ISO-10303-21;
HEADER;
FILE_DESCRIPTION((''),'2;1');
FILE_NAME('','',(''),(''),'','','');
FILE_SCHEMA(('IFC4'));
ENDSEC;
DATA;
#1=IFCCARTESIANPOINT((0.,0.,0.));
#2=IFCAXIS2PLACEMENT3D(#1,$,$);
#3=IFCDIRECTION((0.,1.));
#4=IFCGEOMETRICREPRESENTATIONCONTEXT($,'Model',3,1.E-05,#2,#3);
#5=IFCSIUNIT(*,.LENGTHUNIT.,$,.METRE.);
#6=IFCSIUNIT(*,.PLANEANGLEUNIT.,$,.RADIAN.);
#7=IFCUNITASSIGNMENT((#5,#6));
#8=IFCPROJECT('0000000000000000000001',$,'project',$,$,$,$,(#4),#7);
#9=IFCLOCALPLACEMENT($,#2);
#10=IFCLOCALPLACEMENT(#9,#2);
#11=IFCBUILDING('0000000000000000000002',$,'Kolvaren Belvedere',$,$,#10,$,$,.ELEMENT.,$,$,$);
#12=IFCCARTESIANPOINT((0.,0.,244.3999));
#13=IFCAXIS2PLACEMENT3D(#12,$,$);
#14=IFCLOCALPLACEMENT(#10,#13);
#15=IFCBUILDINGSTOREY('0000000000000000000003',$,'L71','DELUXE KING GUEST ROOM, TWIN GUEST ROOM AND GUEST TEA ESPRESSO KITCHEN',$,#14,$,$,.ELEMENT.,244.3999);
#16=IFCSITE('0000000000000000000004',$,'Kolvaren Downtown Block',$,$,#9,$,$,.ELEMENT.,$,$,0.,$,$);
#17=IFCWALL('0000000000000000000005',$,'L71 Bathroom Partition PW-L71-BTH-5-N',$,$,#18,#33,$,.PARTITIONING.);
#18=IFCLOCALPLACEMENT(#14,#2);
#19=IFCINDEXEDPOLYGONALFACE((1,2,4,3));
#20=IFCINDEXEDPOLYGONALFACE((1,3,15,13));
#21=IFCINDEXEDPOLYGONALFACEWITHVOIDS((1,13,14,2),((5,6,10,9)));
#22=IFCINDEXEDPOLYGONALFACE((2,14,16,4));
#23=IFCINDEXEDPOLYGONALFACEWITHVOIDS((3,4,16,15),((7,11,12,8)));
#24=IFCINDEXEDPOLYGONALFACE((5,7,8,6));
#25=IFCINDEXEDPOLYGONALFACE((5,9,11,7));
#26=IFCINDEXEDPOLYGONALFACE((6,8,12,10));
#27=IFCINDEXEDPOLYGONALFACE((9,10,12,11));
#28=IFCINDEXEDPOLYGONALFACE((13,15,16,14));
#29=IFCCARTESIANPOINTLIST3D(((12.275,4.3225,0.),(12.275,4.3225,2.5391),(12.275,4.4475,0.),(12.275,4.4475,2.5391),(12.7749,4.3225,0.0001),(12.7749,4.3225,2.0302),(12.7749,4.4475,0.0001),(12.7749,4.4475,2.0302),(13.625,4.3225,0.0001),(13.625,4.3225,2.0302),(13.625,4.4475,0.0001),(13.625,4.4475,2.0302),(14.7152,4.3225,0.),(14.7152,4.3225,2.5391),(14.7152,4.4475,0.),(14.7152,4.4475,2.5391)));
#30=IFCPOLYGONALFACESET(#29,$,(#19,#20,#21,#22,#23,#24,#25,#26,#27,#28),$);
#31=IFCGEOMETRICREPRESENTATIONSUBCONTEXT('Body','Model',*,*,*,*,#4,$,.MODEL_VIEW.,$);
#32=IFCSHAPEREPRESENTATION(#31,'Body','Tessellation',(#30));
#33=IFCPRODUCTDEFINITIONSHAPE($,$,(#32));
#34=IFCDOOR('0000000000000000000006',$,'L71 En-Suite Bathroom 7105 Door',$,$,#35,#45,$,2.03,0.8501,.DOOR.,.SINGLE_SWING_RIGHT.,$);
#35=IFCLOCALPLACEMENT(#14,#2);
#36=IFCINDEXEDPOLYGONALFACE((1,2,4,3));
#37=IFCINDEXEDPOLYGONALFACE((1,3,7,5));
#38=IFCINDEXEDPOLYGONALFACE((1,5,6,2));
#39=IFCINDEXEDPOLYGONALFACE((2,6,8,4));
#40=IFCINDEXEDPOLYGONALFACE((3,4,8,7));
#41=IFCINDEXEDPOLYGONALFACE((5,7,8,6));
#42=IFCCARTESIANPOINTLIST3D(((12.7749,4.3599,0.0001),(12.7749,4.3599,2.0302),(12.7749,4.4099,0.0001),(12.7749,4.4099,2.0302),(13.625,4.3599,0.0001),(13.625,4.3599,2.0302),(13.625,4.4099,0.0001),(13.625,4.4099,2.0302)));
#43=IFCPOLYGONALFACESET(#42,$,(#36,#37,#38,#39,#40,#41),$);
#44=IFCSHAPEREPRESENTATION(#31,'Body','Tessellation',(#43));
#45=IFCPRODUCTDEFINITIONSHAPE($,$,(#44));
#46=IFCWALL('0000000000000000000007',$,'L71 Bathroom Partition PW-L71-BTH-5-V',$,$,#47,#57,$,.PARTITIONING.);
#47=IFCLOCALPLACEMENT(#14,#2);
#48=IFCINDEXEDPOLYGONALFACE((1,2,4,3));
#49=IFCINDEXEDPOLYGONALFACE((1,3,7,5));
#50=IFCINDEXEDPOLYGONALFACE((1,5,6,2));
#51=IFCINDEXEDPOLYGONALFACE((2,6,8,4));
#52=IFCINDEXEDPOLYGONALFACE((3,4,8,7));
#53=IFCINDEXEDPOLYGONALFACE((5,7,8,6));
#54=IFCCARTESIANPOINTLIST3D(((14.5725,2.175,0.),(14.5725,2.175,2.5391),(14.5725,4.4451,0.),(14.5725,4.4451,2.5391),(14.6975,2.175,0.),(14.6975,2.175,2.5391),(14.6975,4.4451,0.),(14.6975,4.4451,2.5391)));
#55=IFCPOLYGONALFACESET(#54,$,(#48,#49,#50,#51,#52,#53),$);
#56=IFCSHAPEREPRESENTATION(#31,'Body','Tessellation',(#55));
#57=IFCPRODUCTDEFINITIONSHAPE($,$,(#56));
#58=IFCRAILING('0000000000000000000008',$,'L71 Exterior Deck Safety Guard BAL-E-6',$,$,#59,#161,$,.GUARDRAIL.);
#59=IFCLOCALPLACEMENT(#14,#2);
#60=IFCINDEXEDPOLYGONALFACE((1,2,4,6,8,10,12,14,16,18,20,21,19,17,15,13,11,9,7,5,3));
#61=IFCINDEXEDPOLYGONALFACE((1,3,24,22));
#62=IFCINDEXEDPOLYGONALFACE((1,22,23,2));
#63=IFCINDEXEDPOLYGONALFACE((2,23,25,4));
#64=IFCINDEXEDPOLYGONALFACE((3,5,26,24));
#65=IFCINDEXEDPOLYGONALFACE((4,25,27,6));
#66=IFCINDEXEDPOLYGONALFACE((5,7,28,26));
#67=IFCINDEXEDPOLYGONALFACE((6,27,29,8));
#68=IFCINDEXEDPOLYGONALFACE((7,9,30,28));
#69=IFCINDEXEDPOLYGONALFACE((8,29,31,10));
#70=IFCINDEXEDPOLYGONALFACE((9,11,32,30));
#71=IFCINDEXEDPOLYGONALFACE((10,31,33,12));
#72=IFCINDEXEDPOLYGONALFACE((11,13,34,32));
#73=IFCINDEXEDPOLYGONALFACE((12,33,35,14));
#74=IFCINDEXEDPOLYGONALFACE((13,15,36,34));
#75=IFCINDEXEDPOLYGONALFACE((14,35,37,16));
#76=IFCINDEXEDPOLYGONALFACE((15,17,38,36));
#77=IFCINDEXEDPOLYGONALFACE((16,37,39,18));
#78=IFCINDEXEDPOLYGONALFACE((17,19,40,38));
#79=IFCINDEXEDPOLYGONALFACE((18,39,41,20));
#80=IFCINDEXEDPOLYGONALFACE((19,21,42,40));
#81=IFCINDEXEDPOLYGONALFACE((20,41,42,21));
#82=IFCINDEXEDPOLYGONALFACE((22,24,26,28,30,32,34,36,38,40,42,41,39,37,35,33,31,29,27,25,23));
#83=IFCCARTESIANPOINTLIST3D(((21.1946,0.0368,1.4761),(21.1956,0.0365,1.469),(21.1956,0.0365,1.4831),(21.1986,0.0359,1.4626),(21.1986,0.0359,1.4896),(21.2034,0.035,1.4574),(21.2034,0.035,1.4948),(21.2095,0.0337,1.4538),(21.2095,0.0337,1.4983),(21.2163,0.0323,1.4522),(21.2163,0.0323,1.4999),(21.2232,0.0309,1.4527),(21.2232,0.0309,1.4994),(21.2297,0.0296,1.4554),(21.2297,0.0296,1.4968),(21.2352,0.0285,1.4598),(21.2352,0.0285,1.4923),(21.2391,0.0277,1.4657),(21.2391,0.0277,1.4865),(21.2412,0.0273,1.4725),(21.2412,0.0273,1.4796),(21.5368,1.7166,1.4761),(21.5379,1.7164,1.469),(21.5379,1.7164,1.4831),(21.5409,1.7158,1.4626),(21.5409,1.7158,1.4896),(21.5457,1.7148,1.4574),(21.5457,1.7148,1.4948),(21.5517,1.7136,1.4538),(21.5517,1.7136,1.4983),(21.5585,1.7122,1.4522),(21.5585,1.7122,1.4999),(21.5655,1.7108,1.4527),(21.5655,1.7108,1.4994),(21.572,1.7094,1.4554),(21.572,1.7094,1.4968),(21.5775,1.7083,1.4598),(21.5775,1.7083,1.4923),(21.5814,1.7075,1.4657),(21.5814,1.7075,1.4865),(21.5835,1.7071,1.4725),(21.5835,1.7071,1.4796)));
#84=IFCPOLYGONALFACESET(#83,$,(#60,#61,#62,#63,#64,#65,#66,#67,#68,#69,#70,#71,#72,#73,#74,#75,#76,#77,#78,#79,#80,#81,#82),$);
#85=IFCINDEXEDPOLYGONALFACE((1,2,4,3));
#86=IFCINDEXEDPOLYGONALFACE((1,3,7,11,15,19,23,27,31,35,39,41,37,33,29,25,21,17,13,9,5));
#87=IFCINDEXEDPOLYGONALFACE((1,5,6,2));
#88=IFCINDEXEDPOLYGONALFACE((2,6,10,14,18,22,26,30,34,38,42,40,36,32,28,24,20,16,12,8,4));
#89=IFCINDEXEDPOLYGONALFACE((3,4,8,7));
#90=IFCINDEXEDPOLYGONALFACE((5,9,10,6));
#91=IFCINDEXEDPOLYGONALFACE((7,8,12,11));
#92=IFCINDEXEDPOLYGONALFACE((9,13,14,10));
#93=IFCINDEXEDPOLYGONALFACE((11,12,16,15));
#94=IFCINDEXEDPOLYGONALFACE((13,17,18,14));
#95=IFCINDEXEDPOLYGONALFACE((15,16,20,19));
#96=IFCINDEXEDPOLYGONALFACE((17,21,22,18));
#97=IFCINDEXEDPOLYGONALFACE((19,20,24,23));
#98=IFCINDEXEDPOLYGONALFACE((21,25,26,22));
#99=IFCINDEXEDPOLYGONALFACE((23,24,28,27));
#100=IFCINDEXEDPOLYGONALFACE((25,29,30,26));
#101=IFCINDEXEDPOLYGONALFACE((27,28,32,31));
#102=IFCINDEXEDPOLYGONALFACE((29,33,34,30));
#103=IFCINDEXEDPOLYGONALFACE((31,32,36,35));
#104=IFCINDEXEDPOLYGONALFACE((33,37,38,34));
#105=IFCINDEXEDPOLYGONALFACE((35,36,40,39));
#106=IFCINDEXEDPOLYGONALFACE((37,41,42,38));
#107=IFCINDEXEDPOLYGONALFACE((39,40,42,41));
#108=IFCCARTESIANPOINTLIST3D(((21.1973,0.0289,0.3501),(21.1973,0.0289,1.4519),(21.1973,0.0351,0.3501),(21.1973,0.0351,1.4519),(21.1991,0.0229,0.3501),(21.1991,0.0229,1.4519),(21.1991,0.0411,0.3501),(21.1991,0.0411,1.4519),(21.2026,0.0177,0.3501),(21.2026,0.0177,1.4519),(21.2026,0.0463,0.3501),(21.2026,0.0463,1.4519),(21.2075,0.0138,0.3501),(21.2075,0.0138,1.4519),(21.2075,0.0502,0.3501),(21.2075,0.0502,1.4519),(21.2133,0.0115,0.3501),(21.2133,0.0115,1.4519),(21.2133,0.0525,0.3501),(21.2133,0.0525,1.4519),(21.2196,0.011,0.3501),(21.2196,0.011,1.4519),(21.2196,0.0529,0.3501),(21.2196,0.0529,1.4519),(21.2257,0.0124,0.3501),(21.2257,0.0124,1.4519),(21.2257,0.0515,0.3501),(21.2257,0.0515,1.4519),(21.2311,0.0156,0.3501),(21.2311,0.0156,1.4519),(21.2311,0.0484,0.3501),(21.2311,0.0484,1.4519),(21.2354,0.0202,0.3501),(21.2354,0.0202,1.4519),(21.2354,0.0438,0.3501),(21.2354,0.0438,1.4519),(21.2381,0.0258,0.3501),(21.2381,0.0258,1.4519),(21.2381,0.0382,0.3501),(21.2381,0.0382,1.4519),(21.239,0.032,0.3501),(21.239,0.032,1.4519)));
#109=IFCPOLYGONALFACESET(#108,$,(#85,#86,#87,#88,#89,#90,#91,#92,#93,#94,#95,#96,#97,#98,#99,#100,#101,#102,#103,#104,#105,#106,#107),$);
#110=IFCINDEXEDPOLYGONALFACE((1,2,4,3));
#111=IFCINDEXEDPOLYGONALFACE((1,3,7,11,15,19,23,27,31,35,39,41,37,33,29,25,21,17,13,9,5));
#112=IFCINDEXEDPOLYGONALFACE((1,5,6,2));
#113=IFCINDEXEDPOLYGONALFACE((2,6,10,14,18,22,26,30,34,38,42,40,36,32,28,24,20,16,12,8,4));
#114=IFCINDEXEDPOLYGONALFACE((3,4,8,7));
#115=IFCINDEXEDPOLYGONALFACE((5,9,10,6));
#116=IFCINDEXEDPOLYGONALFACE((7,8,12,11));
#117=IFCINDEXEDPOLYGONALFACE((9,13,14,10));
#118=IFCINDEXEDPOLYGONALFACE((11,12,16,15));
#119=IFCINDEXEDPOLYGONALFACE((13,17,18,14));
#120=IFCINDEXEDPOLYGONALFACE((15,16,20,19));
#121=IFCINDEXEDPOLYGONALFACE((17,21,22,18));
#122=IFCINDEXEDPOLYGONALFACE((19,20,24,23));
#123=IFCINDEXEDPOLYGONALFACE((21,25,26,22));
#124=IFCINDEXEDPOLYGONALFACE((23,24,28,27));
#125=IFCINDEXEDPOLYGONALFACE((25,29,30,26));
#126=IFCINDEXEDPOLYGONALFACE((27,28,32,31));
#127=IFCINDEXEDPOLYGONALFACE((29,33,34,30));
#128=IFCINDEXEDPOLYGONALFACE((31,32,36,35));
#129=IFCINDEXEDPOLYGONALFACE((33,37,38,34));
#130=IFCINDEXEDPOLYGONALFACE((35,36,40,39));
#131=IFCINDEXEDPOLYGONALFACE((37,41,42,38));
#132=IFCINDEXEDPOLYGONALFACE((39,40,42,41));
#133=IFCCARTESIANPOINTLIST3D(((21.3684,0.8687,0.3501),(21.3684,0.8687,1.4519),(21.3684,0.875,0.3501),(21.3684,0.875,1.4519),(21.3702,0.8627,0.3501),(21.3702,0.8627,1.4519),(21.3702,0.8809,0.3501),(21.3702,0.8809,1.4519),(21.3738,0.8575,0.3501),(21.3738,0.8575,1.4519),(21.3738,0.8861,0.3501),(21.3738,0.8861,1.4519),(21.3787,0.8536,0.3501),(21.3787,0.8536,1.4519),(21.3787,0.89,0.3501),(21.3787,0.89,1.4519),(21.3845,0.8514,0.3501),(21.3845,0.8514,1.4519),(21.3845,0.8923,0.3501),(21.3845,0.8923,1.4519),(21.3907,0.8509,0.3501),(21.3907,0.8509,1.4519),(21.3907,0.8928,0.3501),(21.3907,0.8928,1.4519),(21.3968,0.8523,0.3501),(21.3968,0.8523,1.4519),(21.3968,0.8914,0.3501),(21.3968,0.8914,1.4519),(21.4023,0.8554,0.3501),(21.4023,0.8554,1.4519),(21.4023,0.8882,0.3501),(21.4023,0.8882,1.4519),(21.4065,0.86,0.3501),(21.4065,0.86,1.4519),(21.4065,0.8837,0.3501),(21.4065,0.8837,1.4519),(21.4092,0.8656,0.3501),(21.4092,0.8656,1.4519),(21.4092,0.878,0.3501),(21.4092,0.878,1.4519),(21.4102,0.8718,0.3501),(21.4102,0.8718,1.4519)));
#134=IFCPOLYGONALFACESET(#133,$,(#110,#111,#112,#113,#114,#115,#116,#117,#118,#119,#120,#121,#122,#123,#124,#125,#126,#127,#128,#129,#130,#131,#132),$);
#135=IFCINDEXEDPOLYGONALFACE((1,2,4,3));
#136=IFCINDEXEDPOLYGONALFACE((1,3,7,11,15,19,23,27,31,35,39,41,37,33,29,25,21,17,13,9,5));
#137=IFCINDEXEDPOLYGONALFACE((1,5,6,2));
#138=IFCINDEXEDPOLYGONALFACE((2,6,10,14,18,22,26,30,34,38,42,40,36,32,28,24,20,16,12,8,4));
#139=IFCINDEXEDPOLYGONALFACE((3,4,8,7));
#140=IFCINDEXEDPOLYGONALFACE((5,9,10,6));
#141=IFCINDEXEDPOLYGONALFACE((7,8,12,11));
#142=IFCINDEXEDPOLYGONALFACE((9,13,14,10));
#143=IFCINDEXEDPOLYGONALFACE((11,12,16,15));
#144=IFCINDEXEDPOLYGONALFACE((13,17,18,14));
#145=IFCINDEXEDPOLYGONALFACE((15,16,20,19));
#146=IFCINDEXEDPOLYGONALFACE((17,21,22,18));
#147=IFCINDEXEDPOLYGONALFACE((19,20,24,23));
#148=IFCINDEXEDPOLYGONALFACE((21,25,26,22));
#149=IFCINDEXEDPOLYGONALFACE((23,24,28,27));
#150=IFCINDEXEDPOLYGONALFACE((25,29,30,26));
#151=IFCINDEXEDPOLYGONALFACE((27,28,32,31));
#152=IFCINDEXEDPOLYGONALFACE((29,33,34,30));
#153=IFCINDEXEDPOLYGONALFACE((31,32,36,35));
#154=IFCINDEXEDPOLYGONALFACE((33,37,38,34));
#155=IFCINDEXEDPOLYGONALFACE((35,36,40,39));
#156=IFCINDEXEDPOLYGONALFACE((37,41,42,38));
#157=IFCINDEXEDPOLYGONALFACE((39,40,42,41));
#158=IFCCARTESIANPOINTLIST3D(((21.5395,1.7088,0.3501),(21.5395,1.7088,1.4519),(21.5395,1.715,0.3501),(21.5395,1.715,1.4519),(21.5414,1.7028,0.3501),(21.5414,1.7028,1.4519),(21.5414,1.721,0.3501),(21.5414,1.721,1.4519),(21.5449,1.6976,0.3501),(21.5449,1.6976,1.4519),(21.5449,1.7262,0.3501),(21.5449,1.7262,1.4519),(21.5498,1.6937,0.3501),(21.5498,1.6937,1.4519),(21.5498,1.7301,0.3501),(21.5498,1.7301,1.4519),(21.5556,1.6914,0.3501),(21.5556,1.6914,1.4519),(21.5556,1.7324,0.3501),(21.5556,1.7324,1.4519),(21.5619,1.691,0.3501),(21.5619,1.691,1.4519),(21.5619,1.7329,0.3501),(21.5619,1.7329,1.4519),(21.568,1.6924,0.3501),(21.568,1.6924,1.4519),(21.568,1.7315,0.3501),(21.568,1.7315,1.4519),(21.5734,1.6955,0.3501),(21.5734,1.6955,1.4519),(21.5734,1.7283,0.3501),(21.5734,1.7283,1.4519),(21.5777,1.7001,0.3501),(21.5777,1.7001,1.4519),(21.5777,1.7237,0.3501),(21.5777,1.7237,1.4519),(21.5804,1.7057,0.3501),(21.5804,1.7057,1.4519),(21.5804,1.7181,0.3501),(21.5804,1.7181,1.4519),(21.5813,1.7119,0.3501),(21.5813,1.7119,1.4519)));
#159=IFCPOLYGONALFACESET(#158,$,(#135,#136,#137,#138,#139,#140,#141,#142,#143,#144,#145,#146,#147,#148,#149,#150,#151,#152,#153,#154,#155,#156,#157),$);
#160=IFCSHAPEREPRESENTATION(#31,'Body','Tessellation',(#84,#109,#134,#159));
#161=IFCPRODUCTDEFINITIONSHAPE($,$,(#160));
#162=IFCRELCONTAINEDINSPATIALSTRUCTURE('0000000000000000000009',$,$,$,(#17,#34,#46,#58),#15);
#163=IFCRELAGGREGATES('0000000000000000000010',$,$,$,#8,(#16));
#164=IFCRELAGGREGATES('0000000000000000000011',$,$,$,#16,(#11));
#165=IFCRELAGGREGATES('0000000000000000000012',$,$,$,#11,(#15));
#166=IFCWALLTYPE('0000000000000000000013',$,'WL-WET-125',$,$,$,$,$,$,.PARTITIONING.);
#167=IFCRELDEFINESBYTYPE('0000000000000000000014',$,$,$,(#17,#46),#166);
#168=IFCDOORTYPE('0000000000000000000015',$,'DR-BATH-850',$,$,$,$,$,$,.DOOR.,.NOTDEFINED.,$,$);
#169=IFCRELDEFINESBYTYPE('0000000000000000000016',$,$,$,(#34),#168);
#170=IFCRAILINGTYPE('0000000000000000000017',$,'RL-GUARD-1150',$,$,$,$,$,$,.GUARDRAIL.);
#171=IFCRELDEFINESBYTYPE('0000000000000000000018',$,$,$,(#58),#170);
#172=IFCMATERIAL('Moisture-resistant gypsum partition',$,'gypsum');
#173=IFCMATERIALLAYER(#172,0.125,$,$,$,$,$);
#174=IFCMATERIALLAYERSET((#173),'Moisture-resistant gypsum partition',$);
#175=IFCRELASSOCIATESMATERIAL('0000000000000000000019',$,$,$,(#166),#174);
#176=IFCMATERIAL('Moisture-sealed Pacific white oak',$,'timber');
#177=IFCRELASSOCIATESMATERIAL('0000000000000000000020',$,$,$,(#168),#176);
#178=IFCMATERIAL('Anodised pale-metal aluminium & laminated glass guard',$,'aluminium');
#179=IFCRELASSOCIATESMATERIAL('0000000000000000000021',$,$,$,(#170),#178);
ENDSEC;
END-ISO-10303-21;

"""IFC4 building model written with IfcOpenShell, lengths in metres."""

from ifc_helpers import new_model, si_unit, direction, frame, frame_2d, origin, origin_2d, place, context, subcontext, project, spatial, rectangle, circle, extrude, material, layer, layer_set, type_object, element, fill, save


model = new_model("IFC4")

# Units and contexts
model_context = context("Model", 3, precision=1e-05, world=origin(), true_north=direction((0.0, 1.0)))
body_context = subcontext(model_context, "Body", "Model", "MODEL_VIEW")
ifc_project = project(units=[si_unit("LENGTHUNIT", "METRE"), si_unit("PLANEANGLEUNIT", "RADIAN")], contexts=[model_context])

# Site, building, storey
site_placement = place(None, origin())
site = spatial("IfcSite", under=ifc_project, at=site_placement, Name="Kolvaren Downtown Block", CompositionType="ELEMENT", RefElevation=0.0)
building_placement = place(site_placement, origin())
building = spatial("IfcBuilding", under=site, at=building_placement, Name="Kolvaren Belvedere", CompositionType="ELEMENT")
storey_placement = place(building_placement, frame((0.0, 0.0, 244.3999)))
storey = spatial("IfcBuildingStorey", under=building, at=storey_placement, Name="L71", Description="DELUXE KING GUEST ROOM, TWIN GUEST ROOM AND GUEST TEA ESPRESSO KITCHEN", CompositionType="ELEMENT", Elevation=244.3999)

# Wall, opening, door
ifc_material_1 = material(Name="Moisture-resistant gypsum partition", Category="gypsum")
ifc_layer_1 = layer(ifc_material_1, 0.125)
ifc_layer_set_1 = layer_set([ifc_layer_1], Name="Moisture-resistant gypsum partition")
wall_type_1 = type_object("IfcWallType", Name="WL-WET-125", PredefinedType="PARTITIONING", material=ifc_layer_set_1)
wall_1_placement = place(storey_placement, frame((12.2749, 4.385, 0.0), z_axis=(0.0, 0.0, 1.0), x_axis=(1.0, 0.0, 0.0)))
wall_1 = element("IfcWall", 1, at=wall_1_placement, inside=storey, type_object=wall_type_1, Name="L71 Bathroom Partition PW-L71-BTH-5-N", PredefinedType="PARTITIONING", context=body_context, shape_type="SweptSolid", body=[
    extrude(rectangle(XDim=2.4402, YDim=0.125, at=frame_2d((1.2202, 0.0))), origin(), (0.0, 0.0, 1.0), 2.5391),
])
opening_1_placement = place(wall_1_placement, frame((0.5, 0.0, 0.0)))
opening_1 = element("IfcOpeningElement", 2, at=opening_1_placement, cuts=wall_1, PredefinedType="OPENING", context=body_context, shape_type="SweptSolid", body=[
    extrude(rectangle(XDim=0.8501, YDim=2.03, at=frame_2d((0.425, 1.0151))), frame((0.0, 0.0725, 0.0), z_axis=(0.0, -1.0, 0.0), x_axis=(1.0, 0.0, 0.0)), (0.0, 0.0, 1.0), 0.145),
])
ifc_material_2 = material(Name="Moisture-sealed Pacific white oak", Category="timber")
door_type_1 = type_object("IfcDoorType", Name="DR-BATH-850", OperationType="NOTDEFINED", PredefinedType="DOOR", material=ifc_material_2)
door_1_placement = place(opening_1_placement, origin())
door_1 = element("IfcDoor", 3, at=door_1_placement, inside=storey, type_object=door_type_1, Name="L71 En-Suite Bathroom 7105 Door", OperationType="SINGLE_SWING_RIGHT", OverallHeight=2.03, OverallWidth=0.8501, PredefinedType="DOOR", context=body_context, shape_type="SweptSolid", body=[
    extrude(rectangle(XDim=0.8501, YDim=2.03, at=frame_2d((0.425, 1.0151))), frame((0.0, 0.0249, 0.0), z_axis=(0.0, -1.0, 0.0), x_axis=(1.0, 0.0, 0.0)), (0.0, 0.0, 1.0), 0.05),
])
fill(opening_1, door_1)

# Wall
wall_2_placement = place(storey_placement, frame((14.635, 2.175, 0.0), z_axis=(0.0, 0.0, 1.0), x_axis=(0.0, 1.0, 0.0)))
element("IfcWall", 4, at=wall_2_placement, inside=storey, type_object=wall_type_1, Name="L71 Bathroom Partition PW-L71-BTH-5-V", PredefinedType="PARTITIONING", context=body_context, shape_type="SweptSolid", body=[
    extrude(rectangle(XDim=2.27, YDim=0.125, at=frame_2d((1.135, 0.0))), origin(), (0.0, 0.0, 1.0), 2.5391),
])

# Railing
ifc_material_3 = material(Name="Anodised pale-metal aluminium & laminated glass guard", Category="aluminium")
railing_type = type_object("IfcRailingType", Name="RL-GUARD-1150", PredefinedType="GUARDRAIL", material=ifc_material_3)
railing_1_placement = place(storey_placement, frame((21.218, 0.032, 0.3501)))
element("IfcRailing", 5, at=railing_1_placement, inside=storey, type_object=railing_type, Name="L71 Exterior Deck Safety Guard BAL-E-6", PredefinedType="GUARDRAIL", context=body_context, shape_type="SweptSolid", body=[
    extrude(circle(Radius=0.0239, at=origin_2d()), frame((0.0, 0.0, 1.126), z_axis=(0.199648, 0.979868, 0.0), x_axis=(-0.979868, 0.199648, 0.0)), (0.0, 0.0, 1.0), 1.7144),
    extrude(circle(Radius=0.021, at=origin_2d()), origin(), (0.0, 0.0, 1.0), 1.1018),
    extrude(circle(Radius=0.021, at=origin_2d()), frame((0.1711, 0.8398, 0.0)), (0.0, 0.0, 1.0), 1.1018),
    extrude(circle(Radius=0.021, at=origin_2d()), frame((0.3423, 1.6799, 0.0)), (0.0, 0.0, 1.0), 1.1018),
])

save(model, "model.ifc")
